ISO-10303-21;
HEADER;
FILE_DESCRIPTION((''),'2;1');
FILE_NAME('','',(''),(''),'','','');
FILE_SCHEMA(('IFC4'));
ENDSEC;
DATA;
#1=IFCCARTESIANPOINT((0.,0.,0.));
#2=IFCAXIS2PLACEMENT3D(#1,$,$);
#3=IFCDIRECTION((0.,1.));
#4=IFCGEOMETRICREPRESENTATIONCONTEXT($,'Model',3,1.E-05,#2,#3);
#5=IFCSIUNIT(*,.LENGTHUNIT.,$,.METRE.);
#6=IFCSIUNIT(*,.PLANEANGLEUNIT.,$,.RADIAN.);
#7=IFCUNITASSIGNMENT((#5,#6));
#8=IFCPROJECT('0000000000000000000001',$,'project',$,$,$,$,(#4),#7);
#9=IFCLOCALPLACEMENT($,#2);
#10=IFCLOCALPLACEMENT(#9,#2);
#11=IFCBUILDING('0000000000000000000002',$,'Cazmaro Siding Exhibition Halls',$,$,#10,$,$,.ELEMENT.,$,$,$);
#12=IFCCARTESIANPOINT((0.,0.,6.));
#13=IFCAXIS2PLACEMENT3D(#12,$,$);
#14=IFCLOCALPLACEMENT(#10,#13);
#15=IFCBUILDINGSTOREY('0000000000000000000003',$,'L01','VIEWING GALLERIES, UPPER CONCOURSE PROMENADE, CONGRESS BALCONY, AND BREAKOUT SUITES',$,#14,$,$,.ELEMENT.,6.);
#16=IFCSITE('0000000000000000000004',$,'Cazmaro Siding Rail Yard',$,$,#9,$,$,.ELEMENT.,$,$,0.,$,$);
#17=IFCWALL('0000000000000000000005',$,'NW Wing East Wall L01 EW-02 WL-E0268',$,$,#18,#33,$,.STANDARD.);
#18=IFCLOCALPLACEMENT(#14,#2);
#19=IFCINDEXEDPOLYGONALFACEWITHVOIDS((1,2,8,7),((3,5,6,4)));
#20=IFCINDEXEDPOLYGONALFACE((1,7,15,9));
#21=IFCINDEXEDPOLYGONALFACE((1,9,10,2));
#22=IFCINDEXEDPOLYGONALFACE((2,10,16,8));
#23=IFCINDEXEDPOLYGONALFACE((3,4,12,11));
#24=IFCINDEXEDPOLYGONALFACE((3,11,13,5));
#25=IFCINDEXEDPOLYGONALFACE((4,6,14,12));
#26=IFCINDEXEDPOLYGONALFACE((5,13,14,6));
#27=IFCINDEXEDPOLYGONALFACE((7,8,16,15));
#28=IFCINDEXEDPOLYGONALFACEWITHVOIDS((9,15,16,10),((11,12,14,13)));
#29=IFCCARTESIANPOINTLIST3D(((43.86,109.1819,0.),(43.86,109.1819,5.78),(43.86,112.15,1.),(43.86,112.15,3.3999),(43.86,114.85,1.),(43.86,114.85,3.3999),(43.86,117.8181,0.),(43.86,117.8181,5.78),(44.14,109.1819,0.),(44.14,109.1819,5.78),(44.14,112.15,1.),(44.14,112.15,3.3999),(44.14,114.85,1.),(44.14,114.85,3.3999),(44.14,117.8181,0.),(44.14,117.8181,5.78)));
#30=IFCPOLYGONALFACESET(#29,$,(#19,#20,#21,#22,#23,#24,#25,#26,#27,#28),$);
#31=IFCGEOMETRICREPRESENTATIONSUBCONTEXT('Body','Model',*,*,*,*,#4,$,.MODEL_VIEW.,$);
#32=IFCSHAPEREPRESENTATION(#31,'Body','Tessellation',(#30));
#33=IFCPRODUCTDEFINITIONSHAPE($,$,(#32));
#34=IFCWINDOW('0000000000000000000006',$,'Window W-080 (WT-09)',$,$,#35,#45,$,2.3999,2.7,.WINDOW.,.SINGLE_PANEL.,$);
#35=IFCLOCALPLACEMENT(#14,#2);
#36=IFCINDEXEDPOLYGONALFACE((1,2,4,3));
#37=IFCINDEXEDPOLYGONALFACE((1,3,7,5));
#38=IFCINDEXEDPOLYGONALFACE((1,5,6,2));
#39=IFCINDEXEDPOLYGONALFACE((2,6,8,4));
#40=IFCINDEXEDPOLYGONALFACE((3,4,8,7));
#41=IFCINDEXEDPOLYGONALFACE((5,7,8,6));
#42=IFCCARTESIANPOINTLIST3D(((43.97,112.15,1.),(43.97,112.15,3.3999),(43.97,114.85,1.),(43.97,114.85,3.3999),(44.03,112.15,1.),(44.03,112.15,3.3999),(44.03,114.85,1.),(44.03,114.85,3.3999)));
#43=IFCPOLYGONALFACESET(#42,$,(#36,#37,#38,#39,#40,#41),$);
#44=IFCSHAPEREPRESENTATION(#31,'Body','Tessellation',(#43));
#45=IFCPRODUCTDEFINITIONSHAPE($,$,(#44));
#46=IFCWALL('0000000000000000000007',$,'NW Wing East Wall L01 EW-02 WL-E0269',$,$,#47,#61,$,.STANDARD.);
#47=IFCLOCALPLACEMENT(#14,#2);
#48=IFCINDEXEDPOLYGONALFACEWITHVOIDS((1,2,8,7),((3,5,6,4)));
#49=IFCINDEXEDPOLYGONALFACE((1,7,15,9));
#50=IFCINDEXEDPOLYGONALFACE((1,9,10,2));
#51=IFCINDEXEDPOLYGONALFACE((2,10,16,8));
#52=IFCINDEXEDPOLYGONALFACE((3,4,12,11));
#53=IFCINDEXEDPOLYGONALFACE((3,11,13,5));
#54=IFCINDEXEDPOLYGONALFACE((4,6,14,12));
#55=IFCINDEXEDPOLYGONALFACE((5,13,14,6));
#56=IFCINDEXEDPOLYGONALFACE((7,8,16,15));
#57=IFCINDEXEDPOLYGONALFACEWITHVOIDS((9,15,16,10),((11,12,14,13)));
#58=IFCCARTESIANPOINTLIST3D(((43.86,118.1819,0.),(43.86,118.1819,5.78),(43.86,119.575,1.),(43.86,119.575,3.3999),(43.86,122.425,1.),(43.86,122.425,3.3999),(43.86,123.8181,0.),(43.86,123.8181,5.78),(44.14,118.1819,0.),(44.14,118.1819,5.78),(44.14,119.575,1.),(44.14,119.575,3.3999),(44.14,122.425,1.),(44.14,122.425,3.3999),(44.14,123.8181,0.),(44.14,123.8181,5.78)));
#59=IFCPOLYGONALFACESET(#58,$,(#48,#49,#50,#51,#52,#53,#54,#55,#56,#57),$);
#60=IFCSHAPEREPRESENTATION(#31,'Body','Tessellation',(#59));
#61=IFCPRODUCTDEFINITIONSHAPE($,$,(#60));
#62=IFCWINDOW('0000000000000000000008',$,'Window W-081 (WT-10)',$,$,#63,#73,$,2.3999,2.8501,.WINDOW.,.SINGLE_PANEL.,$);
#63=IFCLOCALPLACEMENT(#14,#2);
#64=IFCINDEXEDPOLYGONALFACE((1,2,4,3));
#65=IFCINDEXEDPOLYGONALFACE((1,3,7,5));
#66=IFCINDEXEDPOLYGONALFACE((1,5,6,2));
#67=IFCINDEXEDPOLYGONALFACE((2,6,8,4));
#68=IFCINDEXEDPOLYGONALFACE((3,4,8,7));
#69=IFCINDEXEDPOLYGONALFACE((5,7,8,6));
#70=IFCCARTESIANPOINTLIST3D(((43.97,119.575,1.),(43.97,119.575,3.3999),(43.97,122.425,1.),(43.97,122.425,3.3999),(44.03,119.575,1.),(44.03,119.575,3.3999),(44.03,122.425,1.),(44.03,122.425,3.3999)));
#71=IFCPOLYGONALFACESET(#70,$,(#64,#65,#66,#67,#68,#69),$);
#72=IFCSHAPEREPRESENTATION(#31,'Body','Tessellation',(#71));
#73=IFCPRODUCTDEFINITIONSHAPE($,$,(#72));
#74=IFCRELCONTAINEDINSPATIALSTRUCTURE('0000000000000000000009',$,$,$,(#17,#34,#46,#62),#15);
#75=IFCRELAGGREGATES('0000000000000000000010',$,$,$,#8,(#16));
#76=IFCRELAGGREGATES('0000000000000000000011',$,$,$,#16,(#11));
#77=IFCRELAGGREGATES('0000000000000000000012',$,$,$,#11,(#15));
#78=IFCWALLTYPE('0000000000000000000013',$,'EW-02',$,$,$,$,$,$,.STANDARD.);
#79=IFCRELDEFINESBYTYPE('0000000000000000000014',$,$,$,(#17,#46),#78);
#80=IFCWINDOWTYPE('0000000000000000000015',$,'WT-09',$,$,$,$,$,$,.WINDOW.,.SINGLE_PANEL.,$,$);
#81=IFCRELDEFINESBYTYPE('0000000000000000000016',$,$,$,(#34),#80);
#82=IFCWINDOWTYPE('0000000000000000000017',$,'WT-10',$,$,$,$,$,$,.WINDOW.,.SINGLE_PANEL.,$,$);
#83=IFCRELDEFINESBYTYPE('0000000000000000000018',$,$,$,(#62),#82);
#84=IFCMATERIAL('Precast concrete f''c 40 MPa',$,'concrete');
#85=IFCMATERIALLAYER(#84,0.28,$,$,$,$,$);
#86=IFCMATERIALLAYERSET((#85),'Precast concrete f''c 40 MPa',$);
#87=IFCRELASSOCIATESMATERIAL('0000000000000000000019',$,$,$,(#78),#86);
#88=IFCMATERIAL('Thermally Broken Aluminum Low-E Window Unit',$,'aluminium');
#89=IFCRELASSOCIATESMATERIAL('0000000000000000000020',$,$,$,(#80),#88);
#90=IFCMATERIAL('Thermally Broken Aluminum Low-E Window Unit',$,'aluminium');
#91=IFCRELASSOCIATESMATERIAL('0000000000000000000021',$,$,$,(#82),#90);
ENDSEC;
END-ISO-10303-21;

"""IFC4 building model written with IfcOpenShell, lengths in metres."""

from ifc_helpers import new_model, si_unit, direction, frame, frame_2d, origin, place, context, subcontext, project, spatial, rectangle, extrude, material, layer, layer_set, type_object, element, fill, save


model = new_model("IFC4")

# Units and contexts
model_context = context("Model", 3, precision=1e-05, world=origin(), true_north=direction((0.0, 1.0)))
body_context = subcontext(model_context, "Body", "Model", "MODEL_VIEW")
ifc_project = project(units=[si_unit("LENGTHUNIT", "METRE"), si_unit("PLANEANGLEUNIT", "RADIAN")], contexts=[model_context])

# Site, building, storey
site_placement = place(None, origin())
site = spatial("IfcSite", under=ifc_project, at=site_placement, Name="Cazmaro Siding Rail Yard", CompositionType="ELEMENT", RefElevation=0.0)
building_placement = place(site_placement, origin())
building = spatial("IfcBuilding", under=site, at=building_placement, Name="Cazmaro Siding Exhibition Halls", CompositionType="ELEMENT")
storey_placement = place(building_placement, frame((0.0, 0.0, 6.0)))
storey = spatial("IfcBuildingStorey", under=building, at=storey_placement, Name="L01", Description="VIEWING GALLERIES, UPPER CONCOURSE PROMENADE, CONGRESS BALCONY, AND BREAKOUT SUITES", CompositionType="ELEMENT", Elevation=6.0)

# Walls, openings, windows
ifc_material_1 = material(Name="Precast concrete f'c 40 MPa", Category="concrete")
ifc_layer_1 = layer(ifc_material_1, 0.28)
ifc_layer_set_1 = layer_set([ifc_layer_1], Name="Precast concrete f'c 40 MPa")
wall_type = type_object("IfcWallType", Name="EW-02", PredefinedType="STANDARD", material=ifc_layer_set_1)
wall_1_placement = place(storey_placement, frame((44.0, 117.8181, 0.0), z_axis=(0.0, 0.0, 1.0), x_axis=(0.0, -1.0, 0.0)))
wall_1 = element("IfcWall", 1, at=wall_1_placement, inside=storey, type_object=wall_type, Name="NW Wing East Wall L01 EW-02 WL-E0268", PredefinedType="STANDARD", context=body_context, shape_type="SweptSolid", body=[
    extrude(rectangle(XDim=8.6362, YDim=0.28, at=frame_2d((4.3181, 0.0))), origin(), (0.0, 0.0, 1.0), 5.78),
])
opening_1_placement = place(wall_1_placement, frame((2.968, 0.0, 1.0)))
opening_1 = element("IfcOpeningElement", 2, at=opening_1_placement, cuts=wall_1, PredefinedType="OPENING", context=body_context, shape_type="SweptSolid", body=[
    extrude(rectangle(XDim=2.7, YDim=2.3999, at=frame_2d((1.3501, 1.2))), frame((0.0, 0.1499, 0.0), z_axis=(0.0, -1.0, 0.0), x_axis=(1.0, 0.0, 0.0)), (0.0, 0.0, 1.0), 0.3),
])
ifc_material_2 = material(Name="Thermally Broken Aluminum Low-E Window Unit", Category="aluminium")
window_type_1 = type_object("IfcWindowType", Name="WT-09", PartitioningType="SINGLE_PANEL", PredefinedType="WINDOW", material=ifc_material_2)
window_1_placement = place(opening_1_placement, origin())
window_1 = element("IfcWindow", 3, at=window_1_placement, inside=storey, type_object=window_type_1, Name="Window W-080 (WT-09)", OverallHeight=2.3999, OverallWidth=2.7, PartitioningType="SINGLE_PANEL", PredefinedType="WINDOW", context=body_context, shape_type="SweptSolid", body=[
    extrude(rectangle(XDim=2.7, YDim=2.3999, at=frame_2d((1.3501, 1.2))), frame((0.0, 0.03, 0.0), z_axis=(0.0, -1.0, 0.0), x_axis=(1.0, 0.0, 0.0)), (0.0, 0.0, 1.0), 0.0601),
])
fill(opening_1, window_1)
wall_2_placement = place(storey_placement, frame((44.0, 123.8181, 0.0), z_axis=(0.0, 0.0, 1.0), x_axis=(0.0, -1.0, 0.0)))
wall_2 = element("IfcWall", 4, at=wall_2_placement, inside=storey, type_object=wall_type, Name="NW Wing East Wall L01 EW-02 WL-E0269", PredefinedType="STANDARD", context=body_context, shape_type="SweptSolid", body=[
    extrude(rectangle(XDim=5.6362, YDim=0.28, at=frame_2d((2.8181, 0.0))), origin(), (0.0, 0.0, 1.0), 5.78),
])
opening_2_placement = place(wall_2_placement, frame((1.3931, 0.0, 1.0)))
opening_2 = element("IfcOpeningElement", 5, at=opening_2_placement, cuts=wall_2, PredefinedType="OPENING", context=body_context, shape_type="SweptSolid", body=[
    extrude(rectangle(XDim=2.8501, YDim=2.3999, at=frame_2d((1.425, 1.2))), frame((0.0, 0.1499, 0.0), z_axis=(0.0, -1.0, 0.0), x_axis=(1.0, 0.0, 0.0)), (0.0, 0.0, 1.0), 0.3),
])
ifc_material_3 = material(Name="Thermally Broken Aluminum Low-E Window Unit", Category="aluminium")
window_type_2 = type_object("IfcWindowType", Name="WT-10", PartitioningType="SINGLE_PANEL", PredefinedType="WINDOW", material=ifc_material_3)
window_2_placement = place(opening_2_placement, origin())
window_2 = element("IfcWindow", 6, at=window_2_placement, inside=storey, type_object=window_type_2, Name="Window W-081 (WT-10)", OverallHeight=2.3999, OverallWidth=2.8501, PartitioningType="SINGLE_PANEL", PredefinedType="WINDOW", context=body_context, shape_type="SweptSolid", body=[
    extrude(rectangle(XDim=2.8501, YDim=2.3999, at=frame_2d((1.425, 1.2))), frame((0.0, 0.03, 0.0), z_axis=(0.0, -1.0, 0.0), x_axis=(1.0, 0.0, 0.0)), (0.0, 0.0, 1.0), 0.0601),
])
fill(opening_2, window_2)

save(model, "model.ifc")
